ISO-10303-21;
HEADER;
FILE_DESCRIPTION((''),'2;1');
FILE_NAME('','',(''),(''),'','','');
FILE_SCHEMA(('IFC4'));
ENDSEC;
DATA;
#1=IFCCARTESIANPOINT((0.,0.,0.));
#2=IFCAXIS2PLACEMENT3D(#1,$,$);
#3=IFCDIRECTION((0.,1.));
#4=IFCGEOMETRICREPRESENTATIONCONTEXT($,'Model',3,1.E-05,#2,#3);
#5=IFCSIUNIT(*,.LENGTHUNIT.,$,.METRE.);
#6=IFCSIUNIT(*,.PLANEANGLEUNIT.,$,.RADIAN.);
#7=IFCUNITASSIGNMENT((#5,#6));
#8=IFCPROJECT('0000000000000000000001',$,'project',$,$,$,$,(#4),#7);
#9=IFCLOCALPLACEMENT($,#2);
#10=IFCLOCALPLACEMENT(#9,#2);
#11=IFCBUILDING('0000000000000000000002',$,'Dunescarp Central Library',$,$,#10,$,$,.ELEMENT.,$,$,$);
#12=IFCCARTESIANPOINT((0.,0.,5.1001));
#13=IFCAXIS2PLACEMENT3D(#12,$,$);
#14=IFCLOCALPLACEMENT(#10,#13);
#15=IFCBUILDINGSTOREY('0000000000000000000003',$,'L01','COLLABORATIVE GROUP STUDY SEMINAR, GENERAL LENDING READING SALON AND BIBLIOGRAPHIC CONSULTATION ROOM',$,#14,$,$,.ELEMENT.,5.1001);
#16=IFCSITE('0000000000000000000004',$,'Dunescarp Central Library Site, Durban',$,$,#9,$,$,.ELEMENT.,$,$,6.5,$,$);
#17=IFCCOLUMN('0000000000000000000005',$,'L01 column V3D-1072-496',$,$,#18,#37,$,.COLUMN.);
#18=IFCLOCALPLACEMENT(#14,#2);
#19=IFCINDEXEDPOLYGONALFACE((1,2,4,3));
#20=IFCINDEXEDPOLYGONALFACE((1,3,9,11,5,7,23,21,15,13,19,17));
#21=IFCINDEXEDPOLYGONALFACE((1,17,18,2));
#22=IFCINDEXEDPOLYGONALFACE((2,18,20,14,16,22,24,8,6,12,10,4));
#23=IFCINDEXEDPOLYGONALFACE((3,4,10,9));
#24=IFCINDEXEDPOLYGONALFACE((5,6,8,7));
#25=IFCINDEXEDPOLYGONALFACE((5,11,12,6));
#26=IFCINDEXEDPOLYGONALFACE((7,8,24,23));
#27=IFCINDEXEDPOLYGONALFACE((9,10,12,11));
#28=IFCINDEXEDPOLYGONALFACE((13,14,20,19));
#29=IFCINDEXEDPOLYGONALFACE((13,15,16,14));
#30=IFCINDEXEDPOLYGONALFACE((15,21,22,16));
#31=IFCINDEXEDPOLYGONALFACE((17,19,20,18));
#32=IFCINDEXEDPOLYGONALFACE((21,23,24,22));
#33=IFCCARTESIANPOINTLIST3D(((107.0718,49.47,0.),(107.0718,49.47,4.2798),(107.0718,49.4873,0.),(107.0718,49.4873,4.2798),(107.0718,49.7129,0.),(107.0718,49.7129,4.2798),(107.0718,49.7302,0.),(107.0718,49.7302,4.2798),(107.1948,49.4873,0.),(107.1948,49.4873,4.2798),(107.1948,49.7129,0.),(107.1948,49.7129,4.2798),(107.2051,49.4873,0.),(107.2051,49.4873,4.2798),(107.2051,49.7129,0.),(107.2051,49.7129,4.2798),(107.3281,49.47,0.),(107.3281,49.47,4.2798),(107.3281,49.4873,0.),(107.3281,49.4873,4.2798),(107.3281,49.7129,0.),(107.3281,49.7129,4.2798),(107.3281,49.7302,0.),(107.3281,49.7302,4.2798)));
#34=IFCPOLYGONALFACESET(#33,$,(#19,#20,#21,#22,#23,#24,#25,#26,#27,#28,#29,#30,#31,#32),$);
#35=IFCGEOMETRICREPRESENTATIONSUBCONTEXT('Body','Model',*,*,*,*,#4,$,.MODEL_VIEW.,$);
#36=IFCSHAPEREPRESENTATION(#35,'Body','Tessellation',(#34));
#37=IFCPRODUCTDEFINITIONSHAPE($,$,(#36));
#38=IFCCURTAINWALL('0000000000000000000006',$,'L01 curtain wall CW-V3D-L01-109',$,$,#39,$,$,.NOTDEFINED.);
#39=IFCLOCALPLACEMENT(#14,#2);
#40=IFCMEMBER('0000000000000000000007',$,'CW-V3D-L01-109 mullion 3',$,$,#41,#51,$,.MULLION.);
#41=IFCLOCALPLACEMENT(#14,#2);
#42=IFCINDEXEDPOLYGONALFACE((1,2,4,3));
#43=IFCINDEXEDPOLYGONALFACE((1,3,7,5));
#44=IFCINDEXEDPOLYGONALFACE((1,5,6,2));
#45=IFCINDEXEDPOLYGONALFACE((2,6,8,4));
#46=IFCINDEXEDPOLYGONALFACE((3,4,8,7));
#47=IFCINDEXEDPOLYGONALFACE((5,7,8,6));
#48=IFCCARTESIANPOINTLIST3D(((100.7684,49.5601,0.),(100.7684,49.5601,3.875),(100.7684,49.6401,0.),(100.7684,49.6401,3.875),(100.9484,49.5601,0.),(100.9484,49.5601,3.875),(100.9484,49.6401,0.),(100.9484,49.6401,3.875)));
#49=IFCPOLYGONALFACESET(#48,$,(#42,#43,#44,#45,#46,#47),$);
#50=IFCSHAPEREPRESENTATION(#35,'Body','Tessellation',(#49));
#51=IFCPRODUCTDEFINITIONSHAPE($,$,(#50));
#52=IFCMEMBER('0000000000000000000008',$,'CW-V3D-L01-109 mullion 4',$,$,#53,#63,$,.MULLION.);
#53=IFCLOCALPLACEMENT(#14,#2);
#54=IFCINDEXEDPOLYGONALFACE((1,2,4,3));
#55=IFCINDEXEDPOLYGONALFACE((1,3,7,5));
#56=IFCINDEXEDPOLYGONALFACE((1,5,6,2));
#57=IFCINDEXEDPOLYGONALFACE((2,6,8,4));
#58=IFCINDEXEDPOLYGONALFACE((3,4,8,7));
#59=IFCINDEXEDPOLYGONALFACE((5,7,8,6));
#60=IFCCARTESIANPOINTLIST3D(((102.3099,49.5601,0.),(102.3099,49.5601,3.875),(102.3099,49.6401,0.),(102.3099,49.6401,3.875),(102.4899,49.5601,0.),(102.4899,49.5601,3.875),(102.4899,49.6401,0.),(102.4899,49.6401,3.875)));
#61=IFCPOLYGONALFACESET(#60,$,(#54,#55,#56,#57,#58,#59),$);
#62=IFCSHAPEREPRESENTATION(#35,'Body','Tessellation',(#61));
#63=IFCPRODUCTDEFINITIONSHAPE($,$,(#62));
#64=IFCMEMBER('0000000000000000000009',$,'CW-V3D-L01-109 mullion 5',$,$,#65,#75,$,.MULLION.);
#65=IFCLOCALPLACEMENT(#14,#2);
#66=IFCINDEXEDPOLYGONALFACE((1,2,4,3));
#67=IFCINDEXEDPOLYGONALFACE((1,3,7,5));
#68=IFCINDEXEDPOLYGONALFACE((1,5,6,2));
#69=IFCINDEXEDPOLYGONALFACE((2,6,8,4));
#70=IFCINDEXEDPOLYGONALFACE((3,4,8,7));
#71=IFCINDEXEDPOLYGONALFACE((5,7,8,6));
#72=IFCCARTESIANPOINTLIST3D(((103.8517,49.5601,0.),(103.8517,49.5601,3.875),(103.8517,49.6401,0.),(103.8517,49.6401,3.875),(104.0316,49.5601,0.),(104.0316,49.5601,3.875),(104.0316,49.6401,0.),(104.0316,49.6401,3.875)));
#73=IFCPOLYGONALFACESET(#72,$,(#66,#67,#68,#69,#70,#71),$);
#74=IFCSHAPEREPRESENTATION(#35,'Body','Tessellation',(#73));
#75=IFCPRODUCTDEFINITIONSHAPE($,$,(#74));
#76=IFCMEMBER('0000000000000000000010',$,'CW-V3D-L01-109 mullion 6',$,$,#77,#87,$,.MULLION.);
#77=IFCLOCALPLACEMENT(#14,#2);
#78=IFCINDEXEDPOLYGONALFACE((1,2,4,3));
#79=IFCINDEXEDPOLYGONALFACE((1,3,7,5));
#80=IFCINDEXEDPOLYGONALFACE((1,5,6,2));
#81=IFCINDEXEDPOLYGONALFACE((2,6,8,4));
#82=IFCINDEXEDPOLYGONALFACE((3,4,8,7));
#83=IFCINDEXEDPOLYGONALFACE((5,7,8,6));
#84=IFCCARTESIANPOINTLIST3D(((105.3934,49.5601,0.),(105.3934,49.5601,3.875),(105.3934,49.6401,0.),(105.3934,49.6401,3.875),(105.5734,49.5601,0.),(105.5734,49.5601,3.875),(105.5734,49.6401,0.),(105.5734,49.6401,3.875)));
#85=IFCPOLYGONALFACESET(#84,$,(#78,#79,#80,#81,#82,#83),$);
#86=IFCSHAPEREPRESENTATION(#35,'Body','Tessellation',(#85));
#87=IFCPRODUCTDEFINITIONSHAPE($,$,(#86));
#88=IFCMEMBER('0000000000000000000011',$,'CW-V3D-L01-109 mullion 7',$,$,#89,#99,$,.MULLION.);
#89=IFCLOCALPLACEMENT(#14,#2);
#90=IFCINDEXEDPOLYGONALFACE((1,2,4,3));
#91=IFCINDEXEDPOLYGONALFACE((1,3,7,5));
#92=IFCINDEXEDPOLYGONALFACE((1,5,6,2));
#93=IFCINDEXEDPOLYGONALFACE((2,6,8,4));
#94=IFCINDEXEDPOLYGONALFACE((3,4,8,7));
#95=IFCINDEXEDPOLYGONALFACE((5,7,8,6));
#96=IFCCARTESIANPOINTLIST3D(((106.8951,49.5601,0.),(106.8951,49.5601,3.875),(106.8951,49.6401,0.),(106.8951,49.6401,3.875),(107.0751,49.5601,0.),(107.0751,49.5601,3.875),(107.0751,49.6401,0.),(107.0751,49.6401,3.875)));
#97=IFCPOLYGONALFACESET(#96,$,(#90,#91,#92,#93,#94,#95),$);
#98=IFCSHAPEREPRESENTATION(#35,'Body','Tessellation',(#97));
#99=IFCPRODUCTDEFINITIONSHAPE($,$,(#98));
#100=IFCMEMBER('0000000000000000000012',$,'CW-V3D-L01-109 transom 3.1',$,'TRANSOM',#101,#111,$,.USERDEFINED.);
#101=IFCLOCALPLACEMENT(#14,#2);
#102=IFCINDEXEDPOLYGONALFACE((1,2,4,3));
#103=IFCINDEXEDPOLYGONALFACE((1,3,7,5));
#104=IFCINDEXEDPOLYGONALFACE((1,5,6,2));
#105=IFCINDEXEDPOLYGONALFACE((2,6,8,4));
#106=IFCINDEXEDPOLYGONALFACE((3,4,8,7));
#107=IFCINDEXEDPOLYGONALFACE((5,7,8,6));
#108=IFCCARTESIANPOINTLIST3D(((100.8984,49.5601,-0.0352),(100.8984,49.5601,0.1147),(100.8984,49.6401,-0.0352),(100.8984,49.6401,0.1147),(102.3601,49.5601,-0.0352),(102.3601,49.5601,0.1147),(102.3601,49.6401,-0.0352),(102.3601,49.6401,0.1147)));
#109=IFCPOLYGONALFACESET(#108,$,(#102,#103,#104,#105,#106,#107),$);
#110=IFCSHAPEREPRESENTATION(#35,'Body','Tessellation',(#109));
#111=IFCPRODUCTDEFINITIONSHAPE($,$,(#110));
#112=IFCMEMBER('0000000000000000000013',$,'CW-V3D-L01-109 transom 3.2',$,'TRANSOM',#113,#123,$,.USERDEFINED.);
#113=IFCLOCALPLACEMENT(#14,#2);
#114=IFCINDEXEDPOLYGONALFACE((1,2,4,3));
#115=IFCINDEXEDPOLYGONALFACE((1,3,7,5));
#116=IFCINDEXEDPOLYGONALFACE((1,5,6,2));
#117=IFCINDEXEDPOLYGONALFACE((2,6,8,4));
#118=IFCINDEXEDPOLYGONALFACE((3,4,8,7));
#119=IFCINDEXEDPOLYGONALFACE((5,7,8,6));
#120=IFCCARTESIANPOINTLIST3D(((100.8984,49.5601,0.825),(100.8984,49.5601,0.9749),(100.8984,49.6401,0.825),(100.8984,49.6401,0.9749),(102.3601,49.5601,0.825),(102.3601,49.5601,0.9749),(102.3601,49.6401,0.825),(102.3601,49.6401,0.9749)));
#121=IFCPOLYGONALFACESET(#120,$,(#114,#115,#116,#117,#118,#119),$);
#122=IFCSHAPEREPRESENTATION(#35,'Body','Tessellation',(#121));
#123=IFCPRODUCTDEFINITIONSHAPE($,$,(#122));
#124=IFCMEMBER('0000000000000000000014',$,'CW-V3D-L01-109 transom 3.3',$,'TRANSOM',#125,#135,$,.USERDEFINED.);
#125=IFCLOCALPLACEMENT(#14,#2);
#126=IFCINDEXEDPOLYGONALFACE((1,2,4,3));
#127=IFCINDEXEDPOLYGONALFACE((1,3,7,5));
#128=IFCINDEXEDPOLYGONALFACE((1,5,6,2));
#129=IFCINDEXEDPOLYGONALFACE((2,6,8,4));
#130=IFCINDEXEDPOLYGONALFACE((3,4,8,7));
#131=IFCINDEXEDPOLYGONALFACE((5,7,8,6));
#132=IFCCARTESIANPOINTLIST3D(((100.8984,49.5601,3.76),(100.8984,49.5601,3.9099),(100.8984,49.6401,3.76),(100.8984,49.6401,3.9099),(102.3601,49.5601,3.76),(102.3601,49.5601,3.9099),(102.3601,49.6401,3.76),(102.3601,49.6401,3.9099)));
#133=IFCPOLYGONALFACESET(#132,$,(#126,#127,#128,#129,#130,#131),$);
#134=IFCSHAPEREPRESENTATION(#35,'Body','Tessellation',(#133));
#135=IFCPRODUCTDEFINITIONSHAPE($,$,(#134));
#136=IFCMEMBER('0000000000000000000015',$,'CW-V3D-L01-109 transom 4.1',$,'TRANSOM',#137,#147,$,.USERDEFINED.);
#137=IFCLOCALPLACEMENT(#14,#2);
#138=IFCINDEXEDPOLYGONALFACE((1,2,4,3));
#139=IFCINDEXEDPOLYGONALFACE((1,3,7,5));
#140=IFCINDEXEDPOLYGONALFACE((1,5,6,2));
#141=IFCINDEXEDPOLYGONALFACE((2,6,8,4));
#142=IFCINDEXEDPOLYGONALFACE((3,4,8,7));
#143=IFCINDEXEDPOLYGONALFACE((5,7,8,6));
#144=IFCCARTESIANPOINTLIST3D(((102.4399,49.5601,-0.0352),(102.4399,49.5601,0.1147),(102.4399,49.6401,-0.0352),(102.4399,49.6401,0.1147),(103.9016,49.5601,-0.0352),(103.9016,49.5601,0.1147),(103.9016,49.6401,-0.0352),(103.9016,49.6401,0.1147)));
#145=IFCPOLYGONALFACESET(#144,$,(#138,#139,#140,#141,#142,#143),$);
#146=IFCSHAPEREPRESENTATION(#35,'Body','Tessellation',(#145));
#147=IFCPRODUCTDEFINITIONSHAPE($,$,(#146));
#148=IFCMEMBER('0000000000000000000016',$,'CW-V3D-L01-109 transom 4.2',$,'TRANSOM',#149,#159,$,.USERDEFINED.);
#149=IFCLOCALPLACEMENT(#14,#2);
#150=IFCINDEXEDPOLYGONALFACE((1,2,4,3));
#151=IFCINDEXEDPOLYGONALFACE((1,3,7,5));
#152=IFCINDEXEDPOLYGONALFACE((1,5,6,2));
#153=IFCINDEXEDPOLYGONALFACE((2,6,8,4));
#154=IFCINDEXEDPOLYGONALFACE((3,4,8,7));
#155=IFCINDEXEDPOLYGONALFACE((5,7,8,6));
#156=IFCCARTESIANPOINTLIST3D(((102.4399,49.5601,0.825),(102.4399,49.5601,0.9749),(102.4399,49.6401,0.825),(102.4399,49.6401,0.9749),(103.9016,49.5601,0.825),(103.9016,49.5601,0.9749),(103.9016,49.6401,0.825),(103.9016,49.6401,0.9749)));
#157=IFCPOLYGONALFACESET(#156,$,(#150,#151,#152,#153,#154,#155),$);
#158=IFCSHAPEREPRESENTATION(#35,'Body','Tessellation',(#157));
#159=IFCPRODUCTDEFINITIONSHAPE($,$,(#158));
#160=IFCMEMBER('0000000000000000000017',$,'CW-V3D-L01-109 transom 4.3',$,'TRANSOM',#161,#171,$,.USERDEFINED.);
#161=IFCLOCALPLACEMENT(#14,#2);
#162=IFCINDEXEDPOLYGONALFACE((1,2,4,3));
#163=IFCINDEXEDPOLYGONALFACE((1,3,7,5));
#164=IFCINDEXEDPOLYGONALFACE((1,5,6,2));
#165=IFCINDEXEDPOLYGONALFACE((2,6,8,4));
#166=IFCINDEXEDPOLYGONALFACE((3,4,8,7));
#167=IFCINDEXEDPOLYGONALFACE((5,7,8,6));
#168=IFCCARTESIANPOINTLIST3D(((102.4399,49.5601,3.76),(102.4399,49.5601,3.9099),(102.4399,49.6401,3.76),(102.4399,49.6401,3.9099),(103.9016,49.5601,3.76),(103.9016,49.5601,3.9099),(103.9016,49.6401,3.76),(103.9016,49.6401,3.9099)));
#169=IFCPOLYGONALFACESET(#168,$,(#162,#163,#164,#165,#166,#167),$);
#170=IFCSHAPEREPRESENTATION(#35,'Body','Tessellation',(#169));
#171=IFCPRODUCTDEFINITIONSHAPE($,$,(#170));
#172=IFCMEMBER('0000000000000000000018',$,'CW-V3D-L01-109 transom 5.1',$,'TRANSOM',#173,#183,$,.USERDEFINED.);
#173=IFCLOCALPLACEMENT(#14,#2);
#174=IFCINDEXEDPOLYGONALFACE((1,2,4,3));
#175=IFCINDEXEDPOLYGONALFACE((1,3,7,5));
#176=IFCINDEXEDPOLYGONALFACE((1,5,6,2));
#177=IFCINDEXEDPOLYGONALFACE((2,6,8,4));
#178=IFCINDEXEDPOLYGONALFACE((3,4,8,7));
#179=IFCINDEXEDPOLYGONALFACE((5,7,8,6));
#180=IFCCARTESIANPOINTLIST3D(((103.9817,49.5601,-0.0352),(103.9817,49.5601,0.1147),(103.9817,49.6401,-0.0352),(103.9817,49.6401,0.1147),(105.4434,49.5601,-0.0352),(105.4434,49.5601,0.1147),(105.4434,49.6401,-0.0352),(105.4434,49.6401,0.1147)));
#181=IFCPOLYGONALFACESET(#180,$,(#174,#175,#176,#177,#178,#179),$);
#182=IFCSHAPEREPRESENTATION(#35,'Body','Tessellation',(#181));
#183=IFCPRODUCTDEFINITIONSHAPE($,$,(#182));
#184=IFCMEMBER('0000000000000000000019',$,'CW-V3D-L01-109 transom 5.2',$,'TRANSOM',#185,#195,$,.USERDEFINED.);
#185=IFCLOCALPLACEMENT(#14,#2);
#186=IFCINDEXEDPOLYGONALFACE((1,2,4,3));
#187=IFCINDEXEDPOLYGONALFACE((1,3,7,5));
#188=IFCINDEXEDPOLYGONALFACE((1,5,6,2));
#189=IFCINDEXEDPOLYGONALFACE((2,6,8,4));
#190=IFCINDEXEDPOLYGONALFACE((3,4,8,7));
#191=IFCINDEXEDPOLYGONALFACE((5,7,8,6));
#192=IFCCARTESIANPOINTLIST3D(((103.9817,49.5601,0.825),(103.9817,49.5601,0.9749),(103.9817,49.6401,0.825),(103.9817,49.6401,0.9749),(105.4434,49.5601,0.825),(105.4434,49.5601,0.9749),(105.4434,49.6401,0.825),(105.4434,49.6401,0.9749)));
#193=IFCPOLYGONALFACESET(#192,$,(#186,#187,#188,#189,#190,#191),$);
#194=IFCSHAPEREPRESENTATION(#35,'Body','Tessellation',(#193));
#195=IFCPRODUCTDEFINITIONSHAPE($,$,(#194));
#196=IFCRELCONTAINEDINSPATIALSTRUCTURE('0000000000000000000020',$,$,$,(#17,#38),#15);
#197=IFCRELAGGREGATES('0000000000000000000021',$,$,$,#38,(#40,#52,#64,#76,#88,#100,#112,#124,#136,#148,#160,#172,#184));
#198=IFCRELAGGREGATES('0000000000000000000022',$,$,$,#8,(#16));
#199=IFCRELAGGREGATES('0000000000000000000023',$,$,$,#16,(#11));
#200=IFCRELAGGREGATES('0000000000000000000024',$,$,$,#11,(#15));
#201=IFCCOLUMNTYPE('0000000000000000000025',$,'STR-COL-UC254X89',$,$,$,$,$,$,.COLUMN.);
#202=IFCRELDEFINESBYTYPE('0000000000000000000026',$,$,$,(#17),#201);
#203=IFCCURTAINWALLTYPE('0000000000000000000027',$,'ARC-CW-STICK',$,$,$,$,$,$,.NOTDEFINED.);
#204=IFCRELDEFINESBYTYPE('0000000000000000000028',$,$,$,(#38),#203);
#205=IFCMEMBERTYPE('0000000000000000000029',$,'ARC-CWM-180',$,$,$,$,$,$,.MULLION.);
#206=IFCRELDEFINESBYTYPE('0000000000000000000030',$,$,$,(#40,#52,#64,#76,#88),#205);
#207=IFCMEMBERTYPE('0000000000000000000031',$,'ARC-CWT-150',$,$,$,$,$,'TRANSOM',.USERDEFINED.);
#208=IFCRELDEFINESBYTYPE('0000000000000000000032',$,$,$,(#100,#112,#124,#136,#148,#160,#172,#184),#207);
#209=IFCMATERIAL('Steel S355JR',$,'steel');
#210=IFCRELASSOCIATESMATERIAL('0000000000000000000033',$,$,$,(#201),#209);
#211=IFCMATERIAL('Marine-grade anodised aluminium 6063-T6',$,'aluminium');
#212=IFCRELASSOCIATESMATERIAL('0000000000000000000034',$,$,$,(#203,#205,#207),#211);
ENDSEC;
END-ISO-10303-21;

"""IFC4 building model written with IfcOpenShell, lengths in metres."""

from ifc_helpers import new_model, si_unit, direction, frame, origin, origin_2d, place, context, subcontext, project, spatial, rectangle, i_section, extrude, material, material_profile, profile_set, type_object, element, aggregate, save


model = new_model("IFC4")

# Units and contexts
model_context = context("Model", 3, precision=1e-05, world=origin(), true_north=direction((0.0, 1.0)))
body_context = subcontext(model_context, "Body", "Model", "MODEL_VIEW")
ifc_project = project(units=[si_unit("LENGTHUNIT", "METRE"), si_unit("PLANEANGLEUNIT", "RADIAN")], contexts=[model_context])

# Site, building, storey
site_placement = place(None, origin())
site = spatial("IfcSite", under=ifc_project, at=site_placement, Name="Dunescarp Central Library Site, Durban", CompositionType="ELEMENT", RefElevation=6.5)
building_placement = place(site_placement, origin())
building = spatial("IfcBuilding", under=site, at=building_placement, Name="Dunescarp Central Library", CompositionType="ELEMENT")
storey_placement = place(building_placement, frame((0.0, 0.0, 5.1001)))
storey = spatial("IfcBuildingStorey", under=building, at=storey_placement, Name="L01", Description="COLLABORATIVE GROUP STUDY SEMINAR, GENERAL LENDING READING SALON AND BIBLIOGRAPHIC CONSULTATION ROOM", CompositionType="ELEMENT", Elevation=5.1001)

# Column
ifc_material_1 = material(Name="Steel S355JR", Category="steel")
ifc_material_profile_1 = material_profile(ifc_material_1, i_section(OverallWidth=0.2563, OverallDepth=0.2603, WebThickness=0.0103, FlangeThickness=0.0173, at=origin_2d()), Name="UC 254x254x89")
ifc_profile_set_1 = profile_set([ifc_material_profile_1], Name="Steel S355JR")
column_type = type_object("IfcColumnType", Name="STR-COL-UC254X89", PredefinedType="COLUMN", material=ifc_profile_set_1)
column_placement = place(storey_placement, frame((107.2, 49.6001, 0.0), z_axis=(0.0, 0.0, 1.0), x_axis=(1.0, 0.0, 0.0)))
element("IfcColumn", 1, at=column_placement, inside=storey, type_object=column_type, Name="L01 column V3D-1072-496", PredefinedType="COLUMN", context=body_context, shape_type="SweptSolid", body=[
    extrude(i_section(OverallWidth=0.2563, OverallDepth=0.2603, WebThickness=0.0103, FlangeThickness=0.0173, at=origin_2d()), origin(), (0.0, 0.0, 1.0), 4.2798),
])

# Curtain wall, members
ifc_material_2 = material(Name="Marine-grade anodised aluminium 6063-T6", Category="aluminium")
curtain_wall_type = type_object("IfcCurtainWallType", Name="ARC-CW-STICK", PredefinedType="NOTDEFINED", material=ifc_material_2)
curtain_wall_placement = place(storey_placement, origin())
curtain_wall = element("IfcCurtainWall", 2, at=curtain_wall_placement, inside=storey, type_object=curtain_wall_type, Name="L01 curtain wall CW-V3D-L01-109", PredefinedType="NOTDEFINED")
ifc_material_profile_2 = material_profile(ifc_material_2, rectangle(XDim=0.0801, YDim=0.1799, at=origin_2d()), Name="AL 80x180")
ifc_profile_set_2 = profile_set([ifc_material_profile_2], Name="Marine-grade anodised aluminium 6063-T6")
member_type_1 = type_object("IfcMemberType", Name="ARC-CWM-180", PredefinedType="MULLION", material=ifc_profile_set_2)
member_1_placement = place(storey_placement, frame((100.8584, 49.6001, 0.0), z_axis=(0.0, 0.0, 1.0), x_axis=(0.0, 1.0, 0.0)))
member_1 = element("IfcMember", 3, at=member_1_placement, type_object=member_type_1, Name="CW-V3D-L01-109 mullion 3", PredefinedType="MULLION", context=body_context, shape_type="SweptSolid", body=[
    extrude(rectangle(XDim=0.0801, YDim=0.1799, at=origin_2d()), origin(), (0.0, 0.0, 1.0), 3.875),
])
member_2_placement = place(storey_placement, frame((102.3999, 49.6001, 0.0), z_axis=(0.0, 0.0, 1.0), x_axis=(0.0, 1.0, 0.0)))
member_2 = element("IfcMember", 4, at=member_2_placement, type_object=member_type_1, Name="CW-V3D-L01-109 mullion 4", PredefinedType="MULLION", context=body_context, shape_type="SweptSolid", body=[
    extrude(rectangle(XDim=0.0801, YDim=0.1799, at=origin_2d()), origin(), (0.0, 0.0, 1.0), 3.875),
])
member_3_placement = place(storey_placement, frame((103.9417, 49.6001, 0.0), z_axis=(0.0, 0.0, 1.0), x_axis=(0.0, 1.0, 0.0)))
member_3 = element("IfcMember", 5, at=member_3_placement, type_object=member_type_1, Name="CW-V3D-L01-109 mullion 5", PredefinedType="MULLION", context=body_context, shape_type="SweptSolid", body=[
    extrude(rectangle(XDim=0.0801, YDim=0.1799, at=origin_2d()), origin(), (0.0, 0.0, 1.0), 3.875),
])
member_4_placement = place(storey_placement, frame((105.4834, 49.6001, 0.0), z_axis=(0.0, 0.0, 1.0), x_axis=(0.0, 1.0, 0.0)))
member_4 = element("IfcMember", 6, at=member_4_placement, type_object=member_type_1, Name="CW-V3D-L01-109 mullion 6", PredefinedType="MULLION", context=body_context, shape_type="SweptSolid", body=[
    extrude(rectangle(XDim=0.0801, YDim=0.1799, at=origin_2d()), origin(), (0.0, 0.0, 1.0), 3.875),
])
member_5_placement = place(storey_placement, frame((106.9851, 49.6001, 0.0), z_axis=(0.0, 0.0, 1.0), x_axis=(0.0, 1.0, 0.0)))
member_5 = element("IfcMember", 7, at=member_5_placement, type_object=member_type_1, Name="CW-V3D-L01-109 mullion 7", PredefinedType="MULLION", context=body_context, shape_type="SweptSolid", body=[
    extrude(rectangle(XDim=0.0801, YDim=0.1799, at=origin_2d()), origin(), (0.0, 0.0, 1.0), 3.875),
])
ifc_material_profile_3 = material_profile(ifc_material_2, rectangle(XDim=0.0801, YDim=0.1499, at=origin_2d()), Name="AL 80x150")
ifc_profile_set_3 = profile_set([ifc_material_profile_3], Name="Marine-grade anodised aluminium 6063-T6")
member_type_2 = type_object("IfcMemberType", Name="ARC-CWT-150", ElementType="TRANSOM", PredefinedType="USERDEFINED", material=ifc_profile_set_3)
member_6_placement = place(storey_placement, frame((100.8984, 49.6001, 0.0398), z_axis=(1.0, 0.0, 0.0), x_axis=(0.0, 1.0, 0.0)))
member_6 = element("IfcMember", 8, at=member_6_placement, type_object=member_type_2, Name="CW-V3D-L01-109 transom 3.1", ObjectType="TRANSOM", PredefinedType="USERDEFINED", context=body_context, shape_type="SweptSolid", body=[
    extrude(rectangle(XDim=0.0801, YDim=0.1499, at=origin_2d()), origin(), (0.0, 0.0, 1.0), 1.4617),
])
member_7_placement = place(storey_placement, frame((100.8984, 49.6001, 0.8999), z_axis=(1.0, 0.0, 0.0), x_axis=(0.0, 1.0, 0.0)))
member_7 = element("IfcMember", 9, at=member_7_placement, type_object=member_type_2, Name="CW-V3D-L01-109 transom 3.2", ObjectType="TRANSOM", PredefinedType="USERDEFINED", context=body_context, shape_type="SweptSolid", body=[
    extrude(rectangle(XDim=0.0801, YDim=0.1499, at=origin_2d()), origin(), (0.0, 0.0, 1.0), 1.4617),
])
member_8_placement = place(storey_placement, frame((100.8984, 49.6001, 3.835), z_axis=(1.0, 0.0, 0.0), x_axis=(0.0, 1.0, 0.0)))
member_8 = element("IfcMember", 10, at=member_8_placement, type_object=member_type_2, Name="CW-V3D-L01-109 transom 3.3", ObjectType="TRANSOM", PredefinedType="USERDEFINED", context=body_context, shape_type="SweptSolid", body=[
    extrude(rectangle(XDim=0.0801, YDim=0.1499, at=origin_2d()), origin(), (0.0, 0.0, 1.0), 1.4617),
])
member_9_placement = place(storey_placement, frame((102.4399, 49.6001, 0.0398), z_axis=(1.0, 0.0, 0.0), x_axis=(0.0, 1.0, 0.0)))
member_9 = element("IfcMember", 11, at=member_9_placement, type_object=member_type_2, Name="CW-V3D-L01-109 transom 4.1", ObjectType="TRANSOM", PredefinedType="USERDEFINED", context=body_context, shape_type="SweptSolid", body=[
    extrude(rectangle(XDim=0.0801, YDim=0.1499, at=origin_2d()), origin(), (0.0, 0.0, 1.0), 1.4617),
])
member_10_placement = place(storey_placement, frame((102.4399, 49.6001, 0.8999), z_axis=(1.0, 0.0, 0.0), x_axis=(0.0, 1.0, 0.0)))
member_10 = element("IfcMember", 12, at=member_10_placement, type_object=member_type_2, Name="CW-V3D-L01-109 transom 4.2", ObjectType="TRANSOM", PredefinedType="USERDEFINED", context=body_context, shape_type="SweptSolid", body=[
    extrude(rectangle(XDim=0.0801, YDim=0.1499, at=origin_2d()), origin(), (0.0, 0.0, 1.0), 1.4617),
])
member_11_placement = place(storey_placement, frame((102.4399, 49.6001, 3.835), z_axis=(1.0, 0.0, 0.0), x_axis=(0.0, 1.0, 0.0)))
member_11 = element("IfcMember", 13, at=member_11_placement, type_object=member_type_2, Name="CW-V3D-L01-109 transom 4.3", ObjectType="TRANSOM", PredefinedType="USERDEFINED", context=body_context, shape_type="SweptSolid", body=[
    extrude(rectangle(XDim=0.0801, YDim=0.1499, at=origin_2d()), origin(), (0.0, 0.0, 1.0), 1.4617),
])
member_12_placement = place(storey_placement, frame((103.9817, 49.6001, 0.0398), z_axis=(1.0, 0.0, 0.0), x_axis=(0.0, 1.0, 0.0)))
member_12 = element("IfcMember", 14, at=member_12_placement, type_object=member_type_2, Name="CW-V3D-L01-109 transom 5.1", ObjectType="TRANSOM", PredefinedType="USERDEFINED", context=body_context, shape_type="SweptSolid", body=[
    extrude(rectangle(XDim=0.0801, YDim=0.1499, at=origin_2d()), origin(), (0.0, 0.0, 1.0), 1.4617),
])
member_13_placement = place(storey_placement, frame((103.9817, 49.6001, 0.8999), z_axis=(1.0, 0.0, 0.0), x_axis=(0.0, 1.0, 0.0)))
member_13 = element("IfcMember", 15, at=member_13_placement, type_object=member_type_2, Name="CW-V3D-L01-109 transom 5.2", ObjectType="TRANSOM", PredefinedType="USERDEFINED", context=body_context, shape_type="SweptSolid", body=[
    extrude(rectangle(XDim=0.0801, YDim=0.1499, at=origin_2d()), origin(), (0.0, 0.0, 1.0), 1.4617),
])
aggregate(curtain_wall, [member_1, member_2, member_3, member_4, member_5, member_6, member_7, member_8, member_9, member_10, member_11, member_12, member_13])

save(model, "model.ifc")
